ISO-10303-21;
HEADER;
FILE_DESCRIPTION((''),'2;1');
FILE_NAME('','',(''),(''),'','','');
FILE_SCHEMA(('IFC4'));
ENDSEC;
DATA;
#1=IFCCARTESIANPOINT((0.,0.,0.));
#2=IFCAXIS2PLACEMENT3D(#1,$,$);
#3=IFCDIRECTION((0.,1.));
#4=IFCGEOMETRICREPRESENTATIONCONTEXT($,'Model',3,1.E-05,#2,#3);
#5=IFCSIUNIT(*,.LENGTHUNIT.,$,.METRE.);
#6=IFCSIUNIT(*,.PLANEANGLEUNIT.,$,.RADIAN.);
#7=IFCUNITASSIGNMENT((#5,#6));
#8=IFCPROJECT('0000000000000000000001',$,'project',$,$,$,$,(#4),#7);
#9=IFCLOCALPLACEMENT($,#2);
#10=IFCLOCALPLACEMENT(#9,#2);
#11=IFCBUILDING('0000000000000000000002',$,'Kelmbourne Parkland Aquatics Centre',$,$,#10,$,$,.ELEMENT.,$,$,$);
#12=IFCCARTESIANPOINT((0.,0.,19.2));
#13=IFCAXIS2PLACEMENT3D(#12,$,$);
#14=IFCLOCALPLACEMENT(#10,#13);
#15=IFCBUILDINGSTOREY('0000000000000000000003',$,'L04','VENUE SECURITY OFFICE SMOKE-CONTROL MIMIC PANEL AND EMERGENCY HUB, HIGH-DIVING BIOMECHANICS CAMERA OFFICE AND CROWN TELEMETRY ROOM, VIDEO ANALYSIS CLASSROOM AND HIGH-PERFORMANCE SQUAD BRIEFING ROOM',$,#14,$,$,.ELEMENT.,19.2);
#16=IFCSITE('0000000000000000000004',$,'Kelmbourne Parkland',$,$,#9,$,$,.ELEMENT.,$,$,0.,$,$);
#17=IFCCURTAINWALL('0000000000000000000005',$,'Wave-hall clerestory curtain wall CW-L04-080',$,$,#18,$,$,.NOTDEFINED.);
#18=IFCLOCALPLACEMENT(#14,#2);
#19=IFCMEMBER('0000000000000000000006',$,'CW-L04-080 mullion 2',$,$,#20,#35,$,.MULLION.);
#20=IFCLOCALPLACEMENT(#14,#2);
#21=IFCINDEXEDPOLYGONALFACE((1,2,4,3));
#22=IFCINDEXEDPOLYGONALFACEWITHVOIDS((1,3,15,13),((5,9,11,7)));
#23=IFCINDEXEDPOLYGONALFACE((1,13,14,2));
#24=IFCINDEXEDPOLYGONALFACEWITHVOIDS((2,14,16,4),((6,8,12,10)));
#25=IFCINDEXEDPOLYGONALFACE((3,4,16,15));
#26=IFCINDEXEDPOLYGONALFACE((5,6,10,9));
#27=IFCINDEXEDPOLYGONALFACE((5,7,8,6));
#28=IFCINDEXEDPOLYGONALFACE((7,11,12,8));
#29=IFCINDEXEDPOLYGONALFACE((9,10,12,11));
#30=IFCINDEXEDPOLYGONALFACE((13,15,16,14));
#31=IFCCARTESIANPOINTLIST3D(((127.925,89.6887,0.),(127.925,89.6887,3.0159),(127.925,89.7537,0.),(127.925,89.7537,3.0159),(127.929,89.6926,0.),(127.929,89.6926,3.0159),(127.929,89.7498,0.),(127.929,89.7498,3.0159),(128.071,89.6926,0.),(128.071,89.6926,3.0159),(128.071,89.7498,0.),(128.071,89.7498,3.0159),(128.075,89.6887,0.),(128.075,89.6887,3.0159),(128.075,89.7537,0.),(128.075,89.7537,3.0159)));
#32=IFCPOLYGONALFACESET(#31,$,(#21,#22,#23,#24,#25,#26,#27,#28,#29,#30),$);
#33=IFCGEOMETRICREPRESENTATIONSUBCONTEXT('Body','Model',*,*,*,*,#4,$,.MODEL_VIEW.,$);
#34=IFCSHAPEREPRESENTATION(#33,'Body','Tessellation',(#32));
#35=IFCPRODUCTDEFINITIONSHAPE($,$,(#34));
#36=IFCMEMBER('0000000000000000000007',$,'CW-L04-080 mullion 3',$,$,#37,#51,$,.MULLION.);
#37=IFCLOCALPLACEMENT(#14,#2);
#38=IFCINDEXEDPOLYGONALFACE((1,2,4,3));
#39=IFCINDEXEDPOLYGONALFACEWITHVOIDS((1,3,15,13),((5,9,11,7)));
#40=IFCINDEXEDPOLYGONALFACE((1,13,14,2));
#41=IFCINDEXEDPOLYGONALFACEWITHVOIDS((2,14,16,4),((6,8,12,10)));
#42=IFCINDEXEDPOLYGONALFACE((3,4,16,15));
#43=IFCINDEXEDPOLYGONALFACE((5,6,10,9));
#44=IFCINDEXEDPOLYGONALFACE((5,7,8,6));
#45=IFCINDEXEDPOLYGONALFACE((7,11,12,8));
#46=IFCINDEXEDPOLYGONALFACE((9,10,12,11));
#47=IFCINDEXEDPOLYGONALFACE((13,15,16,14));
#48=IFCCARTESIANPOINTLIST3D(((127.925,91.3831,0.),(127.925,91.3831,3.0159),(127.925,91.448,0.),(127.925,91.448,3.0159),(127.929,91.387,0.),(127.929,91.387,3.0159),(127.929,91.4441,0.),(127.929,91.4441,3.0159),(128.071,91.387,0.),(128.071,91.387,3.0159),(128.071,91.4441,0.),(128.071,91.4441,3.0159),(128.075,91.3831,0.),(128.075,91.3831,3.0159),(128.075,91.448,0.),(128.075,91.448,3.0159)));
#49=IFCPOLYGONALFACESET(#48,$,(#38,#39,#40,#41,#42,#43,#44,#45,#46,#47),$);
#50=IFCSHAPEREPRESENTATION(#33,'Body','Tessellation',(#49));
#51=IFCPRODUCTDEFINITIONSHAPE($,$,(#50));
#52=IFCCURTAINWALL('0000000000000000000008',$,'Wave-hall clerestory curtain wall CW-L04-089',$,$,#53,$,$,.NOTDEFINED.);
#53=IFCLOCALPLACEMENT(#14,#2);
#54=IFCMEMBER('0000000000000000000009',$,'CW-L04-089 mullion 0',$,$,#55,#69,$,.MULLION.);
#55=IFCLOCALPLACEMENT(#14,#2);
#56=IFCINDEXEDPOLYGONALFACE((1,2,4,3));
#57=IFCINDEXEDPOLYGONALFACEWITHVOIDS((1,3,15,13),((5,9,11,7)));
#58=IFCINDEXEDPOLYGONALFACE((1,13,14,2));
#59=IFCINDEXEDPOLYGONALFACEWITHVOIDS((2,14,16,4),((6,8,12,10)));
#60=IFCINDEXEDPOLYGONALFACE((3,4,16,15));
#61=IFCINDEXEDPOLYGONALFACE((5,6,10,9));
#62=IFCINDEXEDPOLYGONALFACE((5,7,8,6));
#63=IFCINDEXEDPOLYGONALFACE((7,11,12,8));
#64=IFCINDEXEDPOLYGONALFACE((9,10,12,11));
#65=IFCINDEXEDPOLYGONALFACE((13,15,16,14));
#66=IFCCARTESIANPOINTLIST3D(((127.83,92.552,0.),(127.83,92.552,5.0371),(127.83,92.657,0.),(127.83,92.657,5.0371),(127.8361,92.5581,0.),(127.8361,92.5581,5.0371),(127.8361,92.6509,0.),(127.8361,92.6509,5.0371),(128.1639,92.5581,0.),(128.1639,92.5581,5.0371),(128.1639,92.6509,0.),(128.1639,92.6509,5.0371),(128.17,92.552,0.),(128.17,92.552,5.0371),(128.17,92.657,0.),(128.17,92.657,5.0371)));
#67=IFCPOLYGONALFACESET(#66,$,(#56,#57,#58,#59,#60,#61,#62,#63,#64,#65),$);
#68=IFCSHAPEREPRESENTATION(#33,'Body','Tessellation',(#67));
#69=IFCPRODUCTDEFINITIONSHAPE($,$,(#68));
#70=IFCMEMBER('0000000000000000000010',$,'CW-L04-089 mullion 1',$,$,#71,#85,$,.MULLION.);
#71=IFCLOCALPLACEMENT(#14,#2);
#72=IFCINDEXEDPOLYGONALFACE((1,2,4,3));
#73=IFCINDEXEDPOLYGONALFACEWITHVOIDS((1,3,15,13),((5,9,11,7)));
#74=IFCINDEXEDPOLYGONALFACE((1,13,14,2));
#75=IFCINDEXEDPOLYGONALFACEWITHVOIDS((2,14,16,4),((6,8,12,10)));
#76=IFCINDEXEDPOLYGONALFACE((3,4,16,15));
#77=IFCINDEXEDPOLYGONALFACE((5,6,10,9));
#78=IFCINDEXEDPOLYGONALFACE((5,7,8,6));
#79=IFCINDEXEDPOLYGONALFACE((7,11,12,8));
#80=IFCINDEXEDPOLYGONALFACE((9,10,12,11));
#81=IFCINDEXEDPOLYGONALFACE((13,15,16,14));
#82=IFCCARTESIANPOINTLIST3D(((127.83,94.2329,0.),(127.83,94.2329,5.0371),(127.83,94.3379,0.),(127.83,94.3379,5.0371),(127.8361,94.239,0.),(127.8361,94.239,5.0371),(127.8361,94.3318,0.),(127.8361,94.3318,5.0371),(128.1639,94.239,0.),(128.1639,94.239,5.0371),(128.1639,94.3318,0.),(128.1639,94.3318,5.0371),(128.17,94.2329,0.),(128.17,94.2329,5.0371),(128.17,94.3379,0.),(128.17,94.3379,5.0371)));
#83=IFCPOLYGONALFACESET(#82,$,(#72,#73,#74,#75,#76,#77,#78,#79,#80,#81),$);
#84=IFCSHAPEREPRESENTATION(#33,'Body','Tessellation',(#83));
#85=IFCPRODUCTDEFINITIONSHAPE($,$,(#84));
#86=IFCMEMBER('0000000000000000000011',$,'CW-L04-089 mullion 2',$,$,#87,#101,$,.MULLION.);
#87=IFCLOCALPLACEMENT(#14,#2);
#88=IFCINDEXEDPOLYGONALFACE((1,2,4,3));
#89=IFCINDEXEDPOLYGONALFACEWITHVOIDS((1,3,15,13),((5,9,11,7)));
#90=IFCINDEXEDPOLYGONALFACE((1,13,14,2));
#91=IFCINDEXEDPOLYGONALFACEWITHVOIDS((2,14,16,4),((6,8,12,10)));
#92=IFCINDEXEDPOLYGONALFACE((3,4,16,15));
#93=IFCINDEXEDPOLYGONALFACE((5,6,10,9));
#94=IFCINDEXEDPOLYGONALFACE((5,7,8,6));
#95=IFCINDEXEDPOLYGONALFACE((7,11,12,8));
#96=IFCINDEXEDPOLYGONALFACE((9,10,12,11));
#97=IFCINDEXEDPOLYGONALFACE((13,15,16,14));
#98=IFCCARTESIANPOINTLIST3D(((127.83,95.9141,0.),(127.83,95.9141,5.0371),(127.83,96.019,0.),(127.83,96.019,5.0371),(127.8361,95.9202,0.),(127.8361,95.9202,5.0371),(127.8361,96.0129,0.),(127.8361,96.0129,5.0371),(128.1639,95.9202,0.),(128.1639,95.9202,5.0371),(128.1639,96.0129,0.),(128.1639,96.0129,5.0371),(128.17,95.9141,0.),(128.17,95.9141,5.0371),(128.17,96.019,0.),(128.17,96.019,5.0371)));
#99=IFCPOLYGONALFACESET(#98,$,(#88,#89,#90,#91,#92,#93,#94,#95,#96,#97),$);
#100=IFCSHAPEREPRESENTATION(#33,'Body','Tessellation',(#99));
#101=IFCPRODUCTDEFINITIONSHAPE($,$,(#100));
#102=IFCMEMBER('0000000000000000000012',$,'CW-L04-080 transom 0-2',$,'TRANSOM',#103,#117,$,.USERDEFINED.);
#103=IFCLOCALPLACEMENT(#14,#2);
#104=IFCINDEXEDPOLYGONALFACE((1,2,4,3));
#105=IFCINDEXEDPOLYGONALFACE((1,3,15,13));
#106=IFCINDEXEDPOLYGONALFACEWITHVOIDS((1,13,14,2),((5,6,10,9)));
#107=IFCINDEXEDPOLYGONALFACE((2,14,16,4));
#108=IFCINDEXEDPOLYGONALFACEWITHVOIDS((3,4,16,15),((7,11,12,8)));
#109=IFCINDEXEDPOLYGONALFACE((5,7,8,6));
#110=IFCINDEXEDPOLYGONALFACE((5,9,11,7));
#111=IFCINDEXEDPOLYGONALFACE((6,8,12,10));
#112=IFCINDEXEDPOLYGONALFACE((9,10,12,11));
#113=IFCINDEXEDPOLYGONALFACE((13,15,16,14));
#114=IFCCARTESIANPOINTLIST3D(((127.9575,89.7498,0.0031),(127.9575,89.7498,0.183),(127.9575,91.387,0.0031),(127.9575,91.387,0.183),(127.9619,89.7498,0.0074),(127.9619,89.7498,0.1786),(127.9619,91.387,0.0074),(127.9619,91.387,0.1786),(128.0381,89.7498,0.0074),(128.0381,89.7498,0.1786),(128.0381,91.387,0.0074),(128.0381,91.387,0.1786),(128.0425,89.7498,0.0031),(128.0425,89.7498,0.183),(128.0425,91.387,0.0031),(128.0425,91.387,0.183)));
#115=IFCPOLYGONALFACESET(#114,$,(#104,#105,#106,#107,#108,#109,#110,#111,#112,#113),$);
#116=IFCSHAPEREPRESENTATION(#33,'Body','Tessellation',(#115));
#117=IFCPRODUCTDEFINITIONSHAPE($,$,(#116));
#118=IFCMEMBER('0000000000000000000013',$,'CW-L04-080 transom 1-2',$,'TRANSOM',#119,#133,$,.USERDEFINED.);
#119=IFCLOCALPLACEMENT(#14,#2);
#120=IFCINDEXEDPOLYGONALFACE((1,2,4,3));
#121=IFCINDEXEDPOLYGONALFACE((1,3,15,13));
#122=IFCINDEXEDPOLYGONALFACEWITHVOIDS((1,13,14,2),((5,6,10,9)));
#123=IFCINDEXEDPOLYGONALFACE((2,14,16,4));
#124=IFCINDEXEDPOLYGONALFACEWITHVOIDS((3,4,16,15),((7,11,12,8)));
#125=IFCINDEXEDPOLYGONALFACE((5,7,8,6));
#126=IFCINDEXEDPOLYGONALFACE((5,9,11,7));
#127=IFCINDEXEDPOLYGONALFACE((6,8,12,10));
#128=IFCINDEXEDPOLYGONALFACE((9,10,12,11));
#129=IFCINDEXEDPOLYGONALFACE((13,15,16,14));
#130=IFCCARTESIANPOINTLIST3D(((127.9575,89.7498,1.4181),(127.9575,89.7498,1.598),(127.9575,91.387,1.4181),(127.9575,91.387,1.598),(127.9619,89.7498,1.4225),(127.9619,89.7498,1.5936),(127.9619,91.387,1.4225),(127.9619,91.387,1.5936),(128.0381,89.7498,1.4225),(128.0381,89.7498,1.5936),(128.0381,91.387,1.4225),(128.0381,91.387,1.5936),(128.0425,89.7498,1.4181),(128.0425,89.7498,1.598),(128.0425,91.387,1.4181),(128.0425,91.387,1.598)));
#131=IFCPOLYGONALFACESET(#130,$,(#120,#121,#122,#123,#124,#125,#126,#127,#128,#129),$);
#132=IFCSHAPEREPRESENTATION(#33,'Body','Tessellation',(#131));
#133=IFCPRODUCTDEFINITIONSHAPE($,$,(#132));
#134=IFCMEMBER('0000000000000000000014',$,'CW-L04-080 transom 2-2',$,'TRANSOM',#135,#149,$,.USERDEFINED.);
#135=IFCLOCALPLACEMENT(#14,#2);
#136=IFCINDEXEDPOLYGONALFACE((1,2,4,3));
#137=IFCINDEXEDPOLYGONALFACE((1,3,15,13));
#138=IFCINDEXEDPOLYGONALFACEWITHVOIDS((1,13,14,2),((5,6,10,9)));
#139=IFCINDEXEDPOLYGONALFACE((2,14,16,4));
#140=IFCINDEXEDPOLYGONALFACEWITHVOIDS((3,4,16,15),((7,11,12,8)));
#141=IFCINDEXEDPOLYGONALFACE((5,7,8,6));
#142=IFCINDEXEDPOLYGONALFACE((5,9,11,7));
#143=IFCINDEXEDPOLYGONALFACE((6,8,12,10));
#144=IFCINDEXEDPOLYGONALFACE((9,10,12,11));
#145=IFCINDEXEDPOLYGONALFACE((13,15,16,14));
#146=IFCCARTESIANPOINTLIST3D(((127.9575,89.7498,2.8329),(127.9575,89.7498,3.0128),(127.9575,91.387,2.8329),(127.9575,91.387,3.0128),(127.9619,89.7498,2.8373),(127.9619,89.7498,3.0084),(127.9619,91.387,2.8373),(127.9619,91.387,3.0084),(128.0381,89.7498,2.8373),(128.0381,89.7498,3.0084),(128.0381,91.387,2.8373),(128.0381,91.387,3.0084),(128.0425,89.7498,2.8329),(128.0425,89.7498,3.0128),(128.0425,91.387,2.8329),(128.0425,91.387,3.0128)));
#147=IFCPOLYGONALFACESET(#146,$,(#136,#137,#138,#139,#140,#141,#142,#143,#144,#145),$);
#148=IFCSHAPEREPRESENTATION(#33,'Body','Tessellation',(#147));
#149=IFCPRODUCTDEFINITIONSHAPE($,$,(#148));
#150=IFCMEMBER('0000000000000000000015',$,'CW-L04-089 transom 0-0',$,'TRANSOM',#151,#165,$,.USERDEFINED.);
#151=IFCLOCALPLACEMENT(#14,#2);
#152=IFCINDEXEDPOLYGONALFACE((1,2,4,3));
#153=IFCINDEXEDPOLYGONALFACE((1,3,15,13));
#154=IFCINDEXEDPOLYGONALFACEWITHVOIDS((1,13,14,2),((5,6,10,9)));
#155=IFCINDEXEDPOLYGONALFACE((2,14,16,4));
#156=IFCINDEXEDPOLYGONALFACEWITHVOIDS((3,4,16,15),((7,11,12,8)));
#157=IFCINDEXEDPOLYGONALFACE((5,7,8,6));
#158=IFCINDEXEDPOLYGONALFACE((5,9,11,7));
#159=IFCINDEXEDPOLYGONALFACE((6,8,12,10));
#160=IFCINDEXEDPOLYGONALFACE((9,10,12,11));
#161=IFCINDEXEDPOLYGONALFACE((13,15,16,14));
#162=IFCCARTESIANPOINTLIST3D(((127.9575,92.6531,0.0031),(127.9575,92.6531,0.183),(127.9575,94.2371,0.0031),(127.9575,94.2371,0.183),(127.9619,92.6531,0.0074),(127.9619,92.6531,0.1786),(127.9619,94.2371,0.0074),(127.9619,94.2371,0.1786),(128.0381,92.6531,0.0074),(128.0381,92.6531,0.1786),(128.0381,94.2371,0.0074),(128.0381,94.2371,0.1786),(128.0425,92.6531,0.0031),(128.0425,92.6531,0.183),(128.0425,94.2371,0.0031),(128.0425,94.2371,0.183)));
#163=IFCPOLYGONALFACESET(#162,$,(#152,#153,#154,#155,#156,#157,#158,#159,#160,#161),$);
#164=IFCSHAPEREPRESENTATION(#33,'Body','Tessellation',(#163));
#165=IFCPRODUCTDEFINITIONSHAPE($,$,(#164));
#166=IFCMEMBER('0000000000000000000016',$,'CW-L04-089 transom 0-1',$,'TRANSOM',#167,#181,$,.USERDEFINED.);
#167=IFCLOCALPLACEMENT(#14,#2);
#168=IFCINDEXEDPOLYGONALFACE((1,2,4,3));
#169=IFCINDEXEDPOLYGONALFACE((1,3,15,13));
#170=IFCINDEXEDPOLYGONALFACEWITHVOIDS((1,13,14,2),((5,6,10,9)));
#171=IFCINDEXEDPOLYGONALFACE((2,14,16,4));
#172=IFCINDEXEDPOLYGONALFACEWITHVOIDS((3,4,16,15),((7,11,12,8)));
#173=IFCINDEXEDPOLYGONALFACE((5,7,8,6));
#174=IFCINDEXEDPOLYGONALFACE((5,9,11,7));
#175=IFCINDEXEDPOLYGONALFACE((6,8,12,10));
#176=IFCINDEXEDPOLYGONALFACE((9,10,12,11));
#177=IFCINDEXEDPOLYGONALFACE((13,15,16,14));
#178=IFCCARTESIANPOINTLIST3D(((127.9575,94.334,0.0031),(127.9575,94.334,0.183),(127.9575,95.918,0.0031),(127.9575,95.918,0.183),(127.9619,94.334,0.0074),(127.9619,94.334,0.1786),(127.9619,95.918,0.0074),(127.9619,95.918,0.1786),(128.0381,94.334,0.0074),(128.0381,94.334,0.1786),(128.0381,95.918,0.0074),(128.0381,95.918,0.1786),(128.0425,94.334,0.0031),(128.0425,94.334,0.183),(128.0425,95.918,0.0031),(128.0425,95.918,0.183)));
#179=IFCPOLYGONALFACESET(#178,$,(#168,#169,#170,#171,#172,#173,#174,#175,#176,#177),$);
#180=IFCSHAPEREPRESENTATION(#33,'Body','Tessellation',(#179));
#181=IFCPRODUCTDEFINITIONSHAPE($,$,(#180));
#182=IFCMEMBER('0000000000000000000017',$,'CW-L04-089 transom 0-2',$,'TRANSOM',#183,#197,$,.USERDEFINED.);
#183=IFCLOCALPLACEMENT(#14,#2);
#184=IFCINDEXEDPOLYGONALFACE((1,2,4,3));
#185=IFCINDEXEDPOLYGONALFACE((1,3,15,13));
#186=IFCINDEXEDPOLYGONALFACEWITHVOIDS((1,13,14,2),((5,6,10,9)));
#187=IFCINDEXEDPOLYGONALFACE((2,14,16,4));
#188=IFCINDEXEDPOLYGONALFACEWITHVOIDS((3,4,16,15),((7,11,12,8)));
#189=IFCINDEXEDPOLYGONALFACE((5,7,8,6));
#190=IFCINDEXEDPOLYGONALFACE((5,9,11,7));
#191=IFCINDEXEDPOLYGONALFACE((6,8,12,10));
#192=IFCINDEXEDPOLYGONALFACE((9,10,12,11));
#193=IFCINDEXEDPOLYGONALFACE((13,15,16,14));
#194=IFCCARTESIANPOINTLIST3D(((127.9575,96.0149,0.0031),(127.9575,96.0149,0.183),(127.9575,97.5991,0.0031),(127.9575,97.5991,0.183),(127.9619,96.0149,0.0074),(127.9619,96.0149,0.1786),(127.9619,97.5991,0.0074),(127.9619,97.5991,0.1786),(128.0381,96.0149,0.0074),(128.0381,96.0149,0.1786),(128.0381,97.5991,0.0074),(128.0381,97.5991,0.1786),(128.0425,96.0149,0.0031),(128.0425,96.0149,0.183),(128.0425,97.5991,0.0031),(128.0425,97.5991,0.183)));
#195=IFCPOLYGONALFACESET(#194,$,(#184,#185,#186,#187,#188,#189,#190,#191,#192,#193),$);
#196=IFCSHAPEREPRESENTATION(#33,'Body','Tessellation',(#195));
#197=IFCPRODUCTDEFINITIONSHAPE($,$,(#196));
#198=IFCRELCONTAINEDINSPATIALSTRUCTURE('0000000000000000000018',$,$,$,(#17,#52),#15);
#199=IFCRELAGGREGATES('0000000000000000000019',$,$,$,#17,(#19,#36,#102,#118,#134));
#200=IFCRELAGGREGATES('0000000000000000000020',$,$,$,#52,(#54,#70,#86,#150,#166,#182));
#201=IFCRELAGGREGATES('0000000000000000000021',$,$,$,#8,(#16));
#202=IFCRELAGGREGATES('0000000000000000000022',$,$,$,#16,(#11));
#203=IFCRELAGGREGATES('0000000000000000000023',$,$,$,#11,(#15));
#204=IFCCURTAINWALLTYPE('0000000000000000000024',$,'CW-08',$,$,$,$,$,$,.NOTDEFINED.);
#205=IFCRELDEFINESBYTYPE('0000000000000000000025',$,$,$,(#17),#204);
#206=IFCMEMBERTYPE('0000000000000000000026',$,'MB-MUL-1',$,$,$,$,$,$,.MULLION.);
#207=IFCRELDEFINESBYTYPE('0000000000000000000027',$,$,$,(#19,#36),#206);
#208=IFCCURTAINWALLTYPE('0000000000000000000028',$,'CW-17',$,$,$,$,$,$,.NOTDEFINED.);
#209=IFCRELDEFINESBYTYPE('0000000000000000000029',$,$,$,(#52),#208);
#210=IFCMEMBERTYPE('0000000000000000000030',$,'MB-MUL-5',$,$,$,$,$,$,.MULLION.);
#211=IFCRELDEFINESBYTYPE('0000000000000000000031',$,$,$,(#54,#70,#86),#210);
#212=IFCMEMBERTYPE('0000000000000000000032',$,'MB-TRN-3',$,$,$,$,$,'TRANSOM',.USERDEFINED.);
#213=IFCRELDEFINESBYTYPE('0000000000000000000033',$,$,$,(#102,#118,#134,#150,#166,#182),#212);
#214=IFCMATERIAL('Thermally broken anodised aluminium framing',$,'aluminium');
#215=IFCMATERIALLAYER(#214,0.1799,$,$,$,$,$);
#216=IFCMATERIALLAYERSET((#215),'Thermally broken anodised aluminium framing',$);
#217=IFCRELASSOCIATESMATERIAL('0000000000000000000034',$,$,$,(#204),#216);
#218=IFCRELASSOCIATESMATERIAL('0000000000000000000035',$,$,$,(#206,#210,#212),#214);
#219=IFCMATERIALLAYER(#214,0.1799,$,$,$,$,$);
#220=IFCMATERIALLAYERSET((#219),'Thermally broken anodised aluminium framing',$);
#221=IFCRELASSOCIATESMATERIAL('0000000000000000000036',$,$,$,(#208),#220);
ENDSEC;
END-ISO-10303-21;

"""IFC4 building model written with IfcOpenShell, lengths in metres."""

from ifc_helpers import new_model, si_unit, direction, frame, origin, origin_2d, place, context, subcontext, project, spatial, hollow_rectangle, extrude, material, layer, layer_set, material_profile, profile_set, type_object, element, aggregate, save


model = new_model("IFC4")

# Units and contexts
model_context = context("Model", 3, precision=1e-05, world=origin(), true_north=direction((0.0, 1.0)))
body_context = subcontext(model_context, "Body", "Model", "MODEL_VIEW")
ifc_project = project(units=[si_unit("LENGTHUNIT", "METRE"), si_unit("PLANEANGLEUNIT", "RADIAN")], contexts=[model_context])

# Site, building, storey
site_placement = place(None, origin())
site = spatial("IfcSite", under=ifc_project, at=site_placement, Name="Kelmbourne Parkland", CompositionType="ELEMENT", RefElevation=0.0)
building_placement = place(site_placement, origin())
building = spatial("IfcBuilding", under=site, at=building_placement, Name="Kelmbourne Parkland Aquatics Centre", CompositionType="ELEMENT")
storey_placement = place(building_placement, frame((0.0, 0.0, 19.2)))
storey = spatial("IfcBuildingStorey", under=building, at=storey_placement, Name="L04", Description="VENUE SECURITY OFFICE SMOKE-CONTROL MIMIC PANEL AND EMERGENCY HUB, HIGH-DIVING BIOMECHANICS CAMERA OFFICE AND CROWN TELEMETRY ROOM, VIDEO ANALYSIS CLASSROOM AND HIGH-PERFORMANCE SQUAD BRIEFING ROOM", CompositionType="ELEMENT", Elevation=19.2)

# Curtain walls, members
ifc_material_1 = material(Name="Thermally broken anodised aluminium framing", Category="aluminium")
ifc_layer_1 = layer(ifc_material_1, 0.1799)
ifc_layer_set_1 = layer_set([ifc_layer_1], Name="Thermally broken anodised aluminium framing")
curtain_wall_type_1 = type_object("IfcCurtainWallType", Name="CW-08", PredefinedType="NOTDEFINED", material=ifc_layer_set_1)
curtain_wall_1_placement = place(storey_placement, origin())
curtain_wall_1 = element("IfcCurtainWall", 1, at=curtain_wall_1_placement, inside=storey, type_object=curtain_wall_type_1, Name="Wave-hall clerestory curtain wall CW-L04-080", PredefinedType="NOTDEFINED")
ifc_material_profile_1 = material_profile(ifc_material_1, hollow_rectangle(XDim=0.0649, YDim=0.1499, WallThickness=0.0039, at=origin_2d()), Name="CW-M 65x150")
ifc_profile_set_1 = profile_set([ifc_material_profile_1], Name="Thermally broken anodised aluminium framing")
member_type_1 = type_object("IfcMemberType", Name="MB-MUL-1", PredefinedType="MULLION", material=ifc_profile_set_1)
member_1_placement = place(storey_placement, frame((128.0, 89.7212, 0.0), z_axis=(0.0, 0.0, 1.0), x_axis=(0.0, 1.0, 0.0)))
member_1 = element("IfcMember", 2, at=member_1_placement, type_object=member_type_1, Name="CW-L04-080 mullion 2", PredefinedType="MULLION", context=body_context, shape_type="SweptSolid", body=[
    extrude(hollow_rectangle(XDim=0.0649, YDim=0.1499, WallThickness=0.0039, at=origin_2d()), origin(), (0.0, 0.0, 1.0), 3.0159),
])
member_2_placement = place(storey_placement, frame((128.0, 91.4155, 0.0), z_axis=(0.0, 0.0, 1.0), x_axis=(0.0, 1.0, 0.0)))
member_2 = element("IfcMember", 3, at=member_2_placement, type_object=member_type_1, Name="CW-L04-080 mullion 3", PredefinedType="MULLION", context=body_context, shape_type="SweptSolid", body=[
    extrude(hollow_rectangle(XDim=0.0649, YDim=0.1499, WallThickness=0.0039, at=origin_2d()), origin(), (0.0, 0.0, 1.0), 3.0159),
])
ifc_layer_2 = layer(ifc_material_1, 0.1799)
ifc_layer_set_2 = layer_set([ifc_layer_2], Name="Thermally broken anodised aluminium framing")
curtain_wall_type_2 = type_object("IfcCurtainWallType", Name="CW-17", PredefinedType="NOTDEFINED", material=ifc_layer_set_2)
curtain_wall_2_placement = place(storey_placement, origin())
curtain_wall_2 = element("IfcCurtainWall", 4, at=curtain_wall_2_placement, inside=storey, type_object=curtain_wall_type_2, Name="Wave-hall clerestory curtain wall CW-L04-089", PredefinedType="NOTDEFINED")
ifc_material_profile_2 = material_profile(ifc_material_1, hollow_rectangle(XDim=0.105, YDim=0.3401, WallThickness=0.0061, at=origin_2d()), Name="CW-M 105x340")
ifc_profile_set_2 = profile_set([ifc_material_profile_2], Name="Thermally broken anodised aluminium framing")
member_type_2 = type_object("IfcMemberType", Name="MB-MUL-5", PredefinedType="MULLION", material=ifc_profile_set_2)
member_3_placement = place(storey_placement, frame((128.0, 92.6045, 0.0), z_axis=(0.0, 0.0, 1.0), x_axis=(0.0, 1.0, 0.0)))
member_3 = element("IfcMember", 5, at=member_3_placement, type_object=member_type_2, Name="CW-L04-089 mullion 0", PredefinedType="MULLION", context=body_context, shape_type="SweptSolid", body=[
    extrude(hollow_rectangle(XDim=0.105, YDim=0.3401, WallThickness=0.0061, at=origin_2d()), origin(), (0.0, 0.0, 1.0), 5.0371),
])
member_4_placement = place(storey_placement, frame((128.0, 94.2854, 0.0), z_axis=(0.0, 0.0, 1.0), x_axis=(0.0, 1.0, 0.0)))
member_4 = element("IfcMember", 6, at=member_4_placement, type_object=member_type_2, Name="CW-L04-089 mullion 1", PredefinedType="MULLION", context=body_context, shape_type="SweptSolid", body=[
    extrude(hollow_rectangle(XDim=0.105, YDim=0.3401, WallThickness=0.0061, at=origin_2d()), origin(), (0.0, 0.0, 1.0), 5.0371),
])
member_5_placement = place(storey_placement, frame((128.0, 95.9666, 0.0), z_axis=(0.0, 0.0, 1.0), x_axis=(0.0, 1.0, 0.0)))
member_5 = element("IfcMember", 7, at=member_5_placement, type_object=member_type_2, Name="CW-L04-089 mullion 2", PredefinedType="MULLION", context=body_context, shape_type="SweptSolid", body=[
    extrude(hollow_rectangle(XDim=0.105, YDim=0.3401, WallThickness=0.0061, at=origin_2d()), origin(), (0.0, 0.0, 1.0), 5.0371),
])

# Members
ifc_material_profile_3 = material_profile(ifc_material_1, hollow_rectangle(XDim=0.085, YDim=0.1799, WallThickness=0.0044, at=origin_2d()), Name="CW-T 85x180")
ifc_profile_set_3 = profile_set([ifc_material_profile_3], Name="Thermally broken anodised aluminium framing")
member_type_3 = type_object("IfcMemberType", Name="MB-TRN-3", ElementType="TRANSOM", PredefinedType="USERDEFINED", material=ifc_profile_set_3)
member_6_placement = place(storey_placement, frame((128.0, 89.7498, 0.093), z_axis=(0.0, 1.0, 0.0), x_axis=(-1.0, 0.0, 0.0)))
member_6 = element("IfcMember", 8, at=member_6_placement, type_object=member_type_3, Name="CW-L04-080 transom 0-2", ObjectType="TRANSOM", PredefinedType="USERDEFINED", context=body_context, shape_type="SweptSolid", body=[
    extrude(hollow_rectangle(XDim=0.085, YDim=0.1799, WallThickness=0.0044, at=origin_2d()), origin(), (0.0, 0.0, 1.0), 1.6372),
])
member_7_placement = place(storey_placement, frame((128.0, 89.7498, 1.5081), z_axis=(0.0, 1.0, 0.0), x_axis=(-1.0, 0.0, 0.0)))
member_7 = element("IfcMember", 9, at=member_7_placement, type_object=member_type_3, Name="CW-L04-080 transom 1-2", ObjectType="TRANSOM", PredefinedType="USERDEFINED", context=body_context, shape_type="SweptSolid", body=[
    extrude(hollow_rectangle(XDim=0.085, YDim=0.1799, WallThickness=0.0044, at=origin_2d()), origin(), (0.0, 0.0, 1.0), 1.6372),
])
member_8_placement = place(storey_placement, frame((128.0, 89.7498, 2.9229), z_axis=(0.0, 1.0, 0.0), x_axis=(-1.0, 0.0, 0.0)))
member_8 = element("IfcMember", 10, at=member_8_placement, type_object=member_type_3, Name="CW-L04-080 transom 2-2", ObjectType="TRANSOM", PredefinedType="USERDEFINED", context=body_context, shape_type="SweptSolid", body=[
    extrude(hollow_rectangle(XDim=0.085, YDim=0.1799, WallThickness=0.0044, at=origin_2d()), origin(), (0.0, 0.0, 1.0), 1.6372),
])
member_9_placement = place(storey_placement, frame((128.0, 92.6531, 0.093), z_axis=(0.0, 1.0, 0.0), x_axis=(-1.0, 0.0, 0.0)))
member_9 = element("IfcMember", 11, at=member_9_placement, type_object=member_type_3, Name="CW-L04-089 transom 0-0", ObjectType="TRANSOM", PredefinedType="USERDEFINED", context=body_context, shape_type="SweptSolid", body=[
    extrude(hollow_rectangle(XDim=0.085, YDim=0.1799, WallThickness=0.0044, at=origin_2d()), origin(), (0.0, 0.0, 1.0), 1.584),
])
member_10_placement = place(storey_placement, frame((128.0, 94.334, 0.093), z_axis=(0.0, 1.0, 0.0), x_axis=(-1.0, 0.0, 0.0)))
member_10 = element("IfcMember", 12, at=member_10_placement, type_object=member_type_3, Name="CW-L04-089 transom 0-1", ObjectType="TRANSOM", PredefinedType="USERDEFINED", context=body_context, shape_type="SweptSolid", body=[
    extrude(hollow_rectangle(XDim=0.085, YDim=0.1799, WallThickness=0.0044, at=origin_2d()), origin(), (0.0, 0.0, 1.0), 1.584),
])
member_11_placement = place(storey_placement, frame((128.0, 96.0149, 0.093), z_axis=(0.0, 1.0, 0.0), x_axis=(-1.0, 0.0, 0.0)))
member_11 = element("IfcMember", 13, at=member_11_placement, type_object=member_type_3, Name="CW-L04-089 transom 0-2", ObjectType="TRANSOM", PredefinedType="USERDEFINED", context=body_context, shape_type="SweptSolid", body=[
    extrude(hollow_rectangle(XDim=0.085, YDim=0.1799, WallThickness=0.0044, at=origin_2d()), origin(), (0.0, 0.0, 1.0), 1.5842),
])

aggregate(curtain_wall_1, [member_1, member_2, member_6, member_7, member_8])
aggregate(curtain_wall_2, [member_3, member_4, member_5, member_9, member_10, member_11])

save(model, "model.ifc")
